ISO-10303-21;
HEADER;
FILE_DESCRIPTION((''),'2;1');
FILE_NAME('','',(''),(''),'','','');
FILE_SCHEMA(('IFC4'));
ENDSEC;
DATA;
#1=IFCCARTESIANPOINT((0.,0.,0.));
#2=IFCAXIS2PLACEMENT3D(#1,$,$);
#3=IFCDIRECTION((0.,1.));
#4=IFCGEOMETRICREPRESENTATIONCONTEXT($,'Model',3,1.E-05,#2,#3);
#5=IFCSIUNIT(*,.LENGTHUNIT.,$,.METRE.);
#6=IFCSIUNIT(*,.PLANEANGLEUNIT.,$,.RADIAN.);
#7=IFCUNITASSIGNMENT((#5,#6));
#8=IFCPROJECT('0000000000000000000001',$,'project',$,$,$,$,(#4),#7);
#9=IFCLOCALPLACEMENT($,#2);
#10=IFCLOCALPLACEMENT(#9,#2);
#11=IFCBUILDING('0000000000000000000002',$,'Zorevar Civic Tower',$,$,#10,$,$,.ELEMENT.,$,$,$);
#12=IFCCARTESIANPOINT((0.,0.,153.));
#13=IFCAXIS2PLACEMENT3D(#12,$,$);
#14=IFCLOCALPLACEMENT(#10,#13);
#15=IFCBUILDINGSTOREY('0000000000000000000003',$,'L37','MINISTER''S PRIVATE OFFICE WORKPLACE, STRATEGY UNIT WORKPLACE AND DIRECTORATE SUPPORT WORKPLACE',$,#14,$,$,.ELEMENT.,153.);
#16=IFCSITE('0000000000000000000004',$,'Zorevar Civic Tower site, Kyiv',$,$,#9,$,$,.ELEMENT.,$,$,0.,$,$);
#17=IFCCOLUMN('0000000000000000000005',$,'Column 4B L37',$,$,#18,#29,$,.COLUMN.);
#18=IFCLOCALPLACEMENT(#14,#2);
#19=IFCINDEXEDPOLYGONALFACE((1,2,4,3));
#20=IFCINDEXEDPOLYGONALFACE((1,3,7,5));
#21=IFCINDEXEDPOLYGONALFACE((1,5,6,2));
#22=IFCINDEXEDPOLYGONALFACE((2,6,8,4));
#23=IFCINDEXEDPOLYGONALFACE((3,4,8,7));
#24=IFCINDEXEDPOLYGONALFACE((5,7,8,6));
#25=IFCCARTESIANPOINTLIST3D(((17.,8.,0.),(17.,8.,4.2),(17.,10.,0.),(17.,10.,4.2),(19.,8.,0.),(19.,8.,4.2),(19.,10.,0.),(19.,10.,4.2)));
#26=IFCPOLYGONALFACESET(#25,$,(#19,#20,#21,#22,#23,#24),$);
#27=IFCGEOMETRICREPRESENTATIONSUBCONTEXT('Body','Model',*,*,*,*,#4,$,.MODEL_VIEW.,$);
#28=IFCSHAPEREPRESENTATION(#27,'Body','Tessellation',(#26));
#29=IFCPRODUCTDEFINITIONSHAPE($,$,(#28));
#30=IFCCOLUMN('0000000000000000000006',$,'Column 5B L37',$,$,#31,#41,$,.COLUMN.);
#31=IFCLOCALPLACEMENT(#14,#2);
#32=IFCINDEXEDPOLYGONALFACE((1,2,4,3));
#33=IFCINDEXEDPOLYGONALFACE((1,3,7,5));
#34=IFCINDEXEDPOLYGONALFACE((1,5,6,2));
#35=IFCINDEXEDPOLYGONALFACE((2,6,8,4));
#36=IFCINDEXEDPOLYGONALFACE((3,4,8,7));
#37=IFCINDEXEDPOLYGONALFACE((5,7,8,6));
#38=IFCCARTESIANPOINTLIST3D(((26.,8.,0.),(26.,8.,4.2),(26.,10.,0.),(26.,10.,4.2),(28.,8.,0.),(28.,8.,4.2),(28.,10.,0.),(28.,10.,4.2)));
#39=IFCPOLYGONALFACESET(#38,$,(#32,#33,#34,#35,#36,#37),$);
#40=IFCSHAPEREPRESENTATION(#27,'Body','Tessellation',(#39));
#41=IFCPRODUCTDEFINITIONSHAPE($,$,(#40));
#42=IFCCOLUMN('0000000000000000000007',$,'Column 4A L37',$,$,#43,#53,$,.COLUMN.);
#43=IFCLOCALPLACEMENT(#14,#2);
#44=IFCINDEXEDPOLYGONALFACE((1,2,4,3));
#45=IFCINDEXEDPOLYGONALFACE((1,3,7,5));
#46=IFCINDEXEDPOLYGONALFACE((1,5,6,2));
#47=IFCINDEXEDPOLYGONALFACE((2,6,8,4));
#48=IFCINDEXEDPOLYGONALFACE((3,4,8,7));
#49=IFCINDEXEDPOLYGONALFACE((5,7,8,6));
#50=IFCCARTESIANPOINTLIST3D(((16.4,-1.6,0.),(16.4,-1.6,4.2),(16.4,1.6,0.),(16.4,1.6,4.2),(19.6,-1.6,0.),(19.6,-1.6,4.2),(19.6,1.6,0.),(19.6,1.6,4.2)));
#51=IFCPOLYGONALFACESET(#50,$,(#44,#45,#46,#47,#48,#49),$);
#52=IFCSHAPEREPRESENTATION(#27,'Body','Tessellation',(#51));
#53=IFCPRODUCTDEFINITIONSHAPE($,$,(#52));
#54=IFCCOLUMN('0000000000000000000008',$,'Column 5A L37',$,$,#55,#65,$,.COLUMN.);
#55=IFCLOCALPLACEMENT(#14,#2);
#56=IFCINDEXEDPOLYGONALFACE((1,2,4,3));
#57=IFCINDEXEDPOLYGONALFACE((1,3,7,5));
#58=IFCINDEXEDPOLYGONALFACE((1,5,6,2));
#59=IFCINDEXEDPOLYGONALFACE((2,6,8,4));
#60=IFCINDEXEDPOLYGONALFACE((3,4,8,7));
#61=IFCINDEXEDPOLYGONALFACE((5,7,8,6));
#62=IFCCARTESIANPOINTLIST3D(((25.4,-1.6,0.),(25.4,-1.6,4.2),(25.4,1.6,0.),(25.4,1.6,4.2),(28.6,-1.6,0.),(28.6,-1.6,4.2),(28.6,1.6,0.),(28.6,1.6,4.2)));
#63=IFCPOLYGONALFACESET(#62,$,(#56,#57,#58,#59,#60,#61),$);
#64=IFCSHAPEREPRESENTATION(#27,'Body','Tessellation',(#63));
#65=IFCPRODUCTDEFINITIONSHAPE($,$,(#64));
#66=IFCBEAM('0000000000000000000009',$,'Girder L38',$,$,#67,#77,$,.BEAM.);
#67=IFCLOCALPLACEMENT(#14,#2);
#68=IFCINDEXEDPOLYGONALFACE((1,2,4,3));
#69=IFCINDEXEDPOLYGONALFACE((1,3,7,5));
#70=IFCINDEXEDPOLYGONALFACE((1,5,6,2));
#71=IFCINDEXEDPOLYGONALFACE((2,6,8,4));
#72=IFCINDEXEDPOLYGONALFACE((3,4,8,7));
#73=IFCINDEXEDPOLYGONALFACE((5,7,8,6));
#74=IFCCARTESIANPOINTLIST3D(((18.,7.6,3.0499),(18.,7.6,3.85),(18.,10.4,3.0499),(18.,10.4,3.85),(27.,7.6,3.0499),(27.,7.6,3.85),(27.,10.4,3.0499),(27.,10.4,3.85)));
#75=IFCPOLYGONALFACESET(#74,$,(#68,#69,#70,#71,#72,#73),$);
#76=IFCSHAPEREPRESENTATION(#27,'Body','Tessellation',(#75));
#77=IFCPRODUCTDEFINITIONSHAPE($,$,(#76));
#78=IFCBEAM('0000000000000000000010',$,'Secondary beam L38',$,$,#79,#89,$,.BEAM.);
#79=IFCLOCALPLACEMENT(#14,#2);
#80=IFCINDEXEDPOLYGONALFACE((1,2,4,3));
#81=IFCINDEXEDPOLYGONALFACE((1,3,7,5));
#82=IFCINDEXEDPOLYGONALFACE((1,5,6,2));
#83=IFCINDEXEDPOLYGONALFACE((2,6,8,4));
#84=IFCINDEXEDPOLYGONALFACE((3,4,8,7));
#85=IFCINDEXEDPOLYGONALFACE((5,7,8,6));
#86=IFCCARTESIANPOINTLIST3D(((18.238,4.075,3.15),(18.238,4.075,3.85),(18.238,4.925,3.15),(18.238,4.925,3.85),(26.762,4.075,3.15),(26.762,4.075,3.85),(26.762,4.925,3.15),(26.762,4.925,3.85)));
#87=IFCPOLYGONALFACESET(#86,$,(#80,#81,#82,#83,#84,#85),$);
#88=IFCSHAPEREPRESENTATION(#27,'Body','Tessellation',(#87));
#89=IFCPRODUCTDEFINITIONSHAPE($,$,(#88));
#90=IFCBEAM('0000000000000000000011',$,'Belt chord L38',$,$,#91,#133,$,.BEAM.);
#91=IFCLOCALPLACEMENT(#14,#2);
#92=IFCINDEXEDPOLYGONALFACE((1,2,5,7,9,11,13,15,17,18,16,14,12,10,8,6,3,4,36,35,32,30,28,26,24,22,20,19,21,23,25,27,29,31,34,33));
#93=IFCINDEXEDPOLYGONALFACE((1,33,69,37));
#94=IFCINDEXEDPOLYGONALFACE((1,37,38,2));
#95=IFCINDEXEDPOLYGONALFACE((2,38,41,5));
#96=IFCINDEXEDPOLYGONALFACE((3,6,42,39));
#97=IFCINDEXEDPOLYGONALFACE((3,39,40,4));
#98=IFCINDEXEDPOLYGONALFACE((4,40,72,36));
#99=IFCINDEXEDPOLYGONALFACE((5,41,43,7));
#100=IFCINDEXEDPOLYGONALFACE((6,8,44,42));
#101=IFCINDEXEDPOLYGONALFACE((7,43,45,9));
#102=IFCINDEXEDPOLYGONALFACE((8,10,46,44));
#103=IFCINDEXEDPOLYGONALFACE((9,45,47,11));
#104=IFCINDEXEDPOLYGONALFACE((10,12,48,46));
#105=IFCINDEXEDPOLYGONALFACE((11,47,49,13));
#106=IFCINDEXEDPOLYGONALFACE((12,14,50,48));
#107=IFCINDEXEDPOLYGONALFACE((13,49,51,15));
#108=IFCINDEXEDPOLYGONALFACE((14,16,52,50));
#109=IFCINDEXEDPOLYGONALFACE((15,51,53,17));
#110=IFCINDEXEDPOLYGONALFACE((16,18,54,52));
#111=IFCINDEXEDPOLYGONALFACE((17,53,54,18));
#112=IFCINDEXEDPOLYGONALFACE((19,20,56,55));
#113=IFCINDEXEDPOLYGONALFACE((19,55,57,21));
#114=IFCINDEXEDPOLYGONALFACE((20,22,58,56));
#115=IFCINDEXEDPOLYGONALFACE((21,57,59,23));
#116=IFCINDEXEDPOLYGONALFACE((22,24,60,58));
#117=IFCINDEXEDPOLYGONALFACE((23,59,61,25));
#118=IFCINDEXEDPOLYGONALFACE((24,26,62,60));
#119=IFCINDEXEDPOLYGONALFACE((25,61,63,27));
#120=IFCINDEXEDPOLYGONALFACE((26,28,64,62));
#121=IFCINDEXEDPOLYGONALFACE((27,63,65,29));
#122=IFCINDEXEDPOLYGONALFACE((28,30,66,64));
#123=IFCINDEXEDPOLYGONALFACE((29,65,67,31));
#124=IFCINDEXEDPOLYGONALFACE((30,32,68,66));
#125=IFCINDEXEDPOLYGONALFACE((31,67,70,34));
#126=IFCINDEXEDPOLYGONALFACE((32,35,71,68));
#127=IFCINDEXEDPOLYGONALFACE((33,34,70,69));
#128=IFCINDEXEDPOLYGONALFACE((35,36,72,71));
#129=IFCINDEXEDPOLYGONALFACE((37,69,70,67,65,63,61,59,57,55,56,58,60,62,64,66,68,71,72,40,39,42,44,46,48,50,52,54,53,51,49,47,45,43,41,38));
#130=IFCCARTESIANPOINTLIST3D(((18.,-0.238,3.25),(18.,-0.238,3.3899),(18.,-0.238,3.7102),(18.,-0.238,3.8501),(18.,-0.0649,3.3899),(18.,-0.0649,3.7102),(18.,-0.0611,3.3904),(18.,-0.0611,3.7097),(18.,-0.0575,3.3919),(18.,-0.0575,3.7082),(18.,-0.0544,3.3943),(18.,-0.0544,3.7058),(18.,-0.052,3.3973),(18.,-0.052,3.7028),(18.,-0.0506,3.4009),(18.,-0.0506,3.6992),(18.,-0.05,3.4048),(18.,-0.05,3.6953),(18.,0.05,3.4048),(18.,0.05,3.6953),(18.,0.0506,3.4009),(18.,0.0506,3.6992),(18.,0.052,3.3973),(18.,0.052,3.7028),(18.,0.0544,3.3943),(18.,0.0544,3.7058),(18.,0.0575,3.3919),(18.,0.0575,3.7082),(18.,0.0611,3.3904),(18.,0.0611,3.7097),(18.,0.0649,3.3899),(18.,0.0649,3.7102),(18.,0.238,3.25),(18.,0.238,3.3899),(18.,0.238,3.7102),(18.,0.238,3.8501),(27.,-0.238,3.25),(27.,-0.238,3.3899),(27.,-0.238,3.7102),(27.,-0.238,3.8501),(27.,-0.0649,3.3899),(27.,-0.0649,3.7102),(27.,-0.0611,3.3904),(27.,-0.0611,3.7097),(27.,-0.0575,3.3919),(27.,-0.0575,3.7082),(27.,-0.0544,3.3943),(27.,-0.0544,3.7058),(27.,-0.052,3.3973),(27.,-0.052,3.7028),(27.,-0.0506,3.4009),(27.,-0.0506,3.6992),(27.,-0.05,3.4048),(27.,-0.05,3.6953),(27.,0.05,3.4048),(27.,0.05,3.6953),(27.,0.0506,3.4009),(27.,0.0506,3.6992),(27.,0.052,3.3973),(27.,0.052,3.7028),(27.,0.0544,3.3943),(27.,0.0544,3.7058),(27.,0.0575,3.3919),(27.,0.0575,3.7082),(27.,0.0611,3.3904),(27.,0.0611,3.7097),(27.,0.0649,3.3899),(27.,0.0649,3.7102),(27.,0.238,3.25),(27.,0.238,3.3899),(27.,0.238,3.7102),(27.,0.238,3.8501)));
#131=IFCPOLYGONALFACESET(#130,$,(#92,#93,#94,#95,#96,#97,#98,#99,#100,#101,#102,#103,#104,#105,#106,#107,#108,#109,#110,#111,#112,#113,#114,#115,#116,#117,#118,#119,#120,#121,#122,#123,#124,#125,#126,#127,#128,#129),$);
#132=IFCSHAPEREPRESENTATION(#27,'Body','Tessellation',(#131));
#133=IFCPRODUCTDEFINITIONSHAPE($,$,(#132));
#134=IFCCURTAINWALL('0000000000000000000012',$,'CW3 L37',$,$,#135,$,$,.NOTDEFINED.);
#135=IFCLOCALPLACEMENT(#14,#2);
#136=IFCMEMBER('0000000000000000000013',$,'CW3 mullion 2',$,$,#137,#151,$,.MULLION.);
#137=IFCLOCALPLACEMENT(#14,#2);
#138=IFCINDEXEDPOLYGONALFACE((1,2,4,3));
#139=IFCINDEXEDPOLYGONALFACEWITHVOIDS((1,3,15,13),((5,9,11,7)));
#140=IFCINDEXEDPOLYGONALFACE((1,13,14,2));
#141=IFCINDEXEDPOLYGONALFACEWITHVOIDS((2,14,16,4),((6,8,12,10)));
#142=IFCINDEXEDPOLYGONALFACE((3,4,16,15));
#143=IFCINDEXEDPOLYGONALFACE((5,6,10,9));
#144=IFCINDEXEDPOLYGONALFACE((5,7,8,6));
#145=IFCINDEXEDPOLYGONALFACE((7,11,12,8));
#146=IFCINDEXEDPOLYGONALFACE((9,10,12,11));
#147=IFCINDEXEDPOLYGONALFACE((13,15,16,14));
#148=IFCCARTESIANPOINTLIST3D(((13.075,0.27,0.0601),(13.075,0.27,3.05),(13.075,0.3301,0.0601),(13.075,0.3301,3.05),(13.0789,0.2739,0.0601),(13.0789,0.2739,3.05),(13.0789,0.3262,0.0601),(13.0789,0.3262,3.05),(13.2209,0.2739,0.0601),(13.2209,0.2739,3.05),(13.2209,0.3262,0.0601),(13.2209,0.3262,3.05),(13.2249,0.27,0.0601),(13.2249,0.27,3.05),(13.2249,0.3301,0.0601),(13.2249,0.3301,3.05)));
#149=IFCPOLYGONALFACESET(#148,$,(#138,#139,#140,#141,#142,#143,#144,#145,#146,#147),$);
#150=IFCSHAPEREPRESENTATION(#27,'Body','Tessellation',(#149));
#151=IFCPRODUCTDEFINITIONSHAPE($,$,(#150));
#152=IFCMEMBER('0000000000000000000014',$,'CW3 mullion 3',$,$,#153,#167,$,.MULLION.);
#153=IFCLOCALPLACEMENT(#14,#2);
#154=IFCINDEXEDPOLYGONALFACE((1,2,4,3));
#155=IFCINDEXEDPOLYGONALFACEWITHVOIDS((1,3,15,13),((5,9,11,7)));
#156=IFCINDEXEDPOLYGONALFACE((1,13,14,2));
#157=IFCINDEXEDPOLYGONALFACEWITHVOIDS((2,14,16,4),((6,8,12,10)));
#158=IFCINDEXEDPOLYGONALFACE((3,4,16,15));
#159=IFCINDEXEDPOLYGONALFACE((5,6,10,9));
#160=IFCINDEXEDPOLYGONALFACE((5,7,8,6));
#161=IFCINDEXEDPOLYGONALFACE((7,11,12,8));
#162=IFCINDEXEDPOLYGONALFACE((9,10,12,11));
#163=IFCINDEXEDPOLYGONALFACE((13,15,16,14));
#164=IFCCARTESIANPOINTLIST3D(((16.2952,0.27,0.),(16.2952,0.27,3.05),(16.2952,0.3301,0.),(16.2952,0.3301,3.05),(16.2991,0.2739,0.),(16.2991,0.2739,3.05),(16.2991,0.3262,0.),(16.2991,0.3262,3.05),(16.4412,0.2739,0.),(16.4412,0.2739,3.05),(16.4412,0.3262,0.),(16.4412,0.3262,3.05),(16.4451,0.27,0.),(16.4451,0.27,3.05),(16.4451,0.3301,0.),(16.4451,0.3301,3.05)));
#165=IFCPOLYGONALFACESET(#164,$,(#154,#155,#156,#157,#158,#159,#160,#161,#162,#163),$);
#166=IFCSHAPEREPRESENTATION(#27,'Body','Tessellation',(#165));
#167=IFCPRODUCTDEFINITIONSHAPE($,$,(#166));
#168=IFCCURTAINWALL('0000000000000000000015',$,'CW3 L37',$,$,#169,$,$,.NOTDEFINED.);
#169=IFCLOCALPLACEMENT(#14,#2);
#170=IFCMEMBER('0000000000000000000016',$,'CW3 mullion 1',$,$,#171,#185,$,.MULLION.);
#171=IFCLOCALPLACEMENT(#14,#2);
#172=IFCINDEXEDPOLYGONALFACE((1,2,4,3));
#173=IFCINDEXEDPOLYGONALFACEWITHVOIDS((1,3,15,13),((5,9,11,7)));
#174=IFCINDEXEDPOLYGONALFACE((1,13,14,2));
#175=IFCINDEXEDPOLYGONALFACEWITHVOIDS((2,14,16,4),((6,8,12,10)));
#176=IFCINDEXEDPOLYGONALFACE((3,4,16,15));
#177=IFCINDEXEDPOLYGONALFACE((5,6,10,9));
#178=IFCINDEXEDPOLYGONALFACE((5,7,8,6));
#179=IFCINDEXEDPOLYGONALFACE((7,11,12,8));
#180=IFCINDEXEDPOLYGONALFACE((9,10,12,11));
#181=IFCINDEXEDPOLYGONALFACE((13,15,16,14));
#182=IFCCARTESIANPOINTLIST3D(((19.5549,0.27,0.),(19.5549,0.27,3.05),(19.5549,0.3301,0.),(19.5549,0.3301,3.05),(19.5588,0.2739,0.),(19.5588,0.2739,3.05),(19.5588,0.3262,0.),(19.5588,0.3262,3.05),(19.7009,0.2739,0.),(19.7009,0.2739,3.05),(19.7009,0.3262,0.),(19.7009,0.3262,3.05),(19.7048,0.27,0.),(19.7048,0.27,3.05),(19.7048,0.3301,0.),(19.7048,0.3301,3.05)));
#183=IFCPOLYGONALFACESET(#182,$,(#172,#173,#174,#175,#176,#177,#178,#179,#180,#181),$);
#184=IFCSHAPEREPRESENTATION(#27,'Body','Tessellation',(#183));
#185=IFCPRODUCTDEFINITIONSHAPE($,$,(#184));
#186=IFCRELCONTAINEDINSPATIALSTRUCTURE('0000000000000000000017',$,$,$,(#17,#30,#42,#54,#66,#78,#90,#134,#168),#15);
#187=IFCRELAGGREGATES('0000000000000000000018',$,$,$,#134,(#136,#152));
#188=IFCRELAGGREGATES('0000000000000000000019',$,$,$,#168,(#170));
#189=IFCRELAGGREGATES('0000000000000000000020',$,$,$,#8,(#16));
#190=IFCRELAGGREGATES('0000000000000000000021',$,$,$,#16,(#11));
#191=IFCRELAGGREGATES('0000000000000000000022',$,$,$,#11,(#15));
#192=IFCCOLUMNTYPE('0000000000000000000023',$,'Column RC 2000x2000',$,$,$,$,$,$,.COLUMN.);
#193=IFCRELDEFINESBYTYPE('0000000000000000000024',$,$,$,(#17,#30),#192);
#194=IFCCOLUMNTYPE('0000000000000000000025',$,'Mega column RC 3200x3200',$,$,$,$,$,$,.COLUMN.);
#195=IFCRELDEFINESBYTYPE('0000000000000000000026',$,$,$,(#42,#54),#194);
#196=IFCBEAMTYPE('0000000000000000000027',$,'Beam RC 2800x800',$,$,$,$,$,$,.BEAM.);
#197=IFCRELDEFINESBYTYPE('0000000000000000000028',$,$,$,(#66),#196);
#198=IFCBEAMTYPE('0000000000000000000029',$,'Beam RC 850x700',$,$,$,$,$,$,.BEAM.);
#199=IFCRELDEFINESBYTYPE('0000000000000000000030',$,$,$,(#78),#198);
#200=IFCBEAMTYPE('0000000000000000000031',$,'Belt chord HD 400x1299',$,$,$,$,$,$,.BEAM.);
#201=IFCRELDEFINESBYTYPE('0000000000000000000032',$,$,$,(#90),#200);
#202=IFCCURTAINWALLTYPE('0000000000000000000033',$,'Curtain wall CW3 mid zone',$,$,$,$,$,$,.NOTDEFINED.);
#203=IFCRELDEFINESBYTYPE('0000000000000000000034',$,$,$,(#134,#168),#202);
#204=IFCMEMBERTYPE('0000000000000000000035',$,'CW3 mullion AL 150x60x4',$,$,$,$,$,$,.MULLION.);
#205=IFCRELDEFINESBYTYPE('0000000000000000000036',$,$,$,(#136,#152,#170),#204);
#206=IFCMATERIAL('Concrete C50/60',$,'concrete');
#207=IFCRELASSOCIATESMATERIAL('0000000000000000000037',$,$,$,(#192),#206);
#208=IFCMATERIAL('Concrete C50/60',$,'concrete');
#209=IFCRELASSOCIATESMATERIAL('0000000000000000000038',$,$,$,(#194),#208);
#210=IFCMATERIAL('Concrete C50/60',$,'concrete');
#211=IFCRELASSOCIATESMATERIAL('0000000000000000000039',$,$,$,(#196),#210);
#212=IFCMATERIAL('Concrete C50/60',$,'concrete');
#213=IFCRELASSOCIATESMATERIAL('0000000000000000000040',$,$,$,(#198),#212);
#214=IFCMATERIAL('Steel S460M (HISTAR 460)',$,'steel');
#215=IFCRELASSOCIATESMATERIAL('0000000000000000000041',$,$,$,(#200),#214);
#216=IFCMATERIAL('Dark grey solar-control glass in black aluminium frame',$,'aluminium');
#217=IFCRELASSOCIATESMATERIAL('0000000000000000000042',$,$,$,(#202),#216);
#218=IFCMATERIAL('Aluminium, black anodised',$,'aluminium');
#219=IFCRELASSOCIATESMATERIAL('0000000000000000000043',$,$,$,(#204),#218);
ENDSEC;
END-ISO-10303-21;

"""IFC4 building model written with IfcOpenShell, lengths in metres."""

from ifc_helpers import new_model, si_unit, direction, frame, origin, origin_2d, place, context, subcontext, project, spatial, rectangle, hollow_rectangle, i_section, extrude, material, material_profile, profile_set, type_object, element, aggregate, save


model = new_model("IFC4")

# Units and contexts
model_context = context("Model", 3, precision=1e-05, world=origin(), true_north=direction((0.0, 1.0)))
body_context = subcontext(model_context, "Body", "Model", "MODEL_VIEW")
ifc_project = project(units=[si_unit("LENGTHUNIT", "METRE"), si_unit("PLANEANGLEUNIT", "RADIAN")], contexts=[model_context])

# Site, building, storey
site_placement = place(None, origin())
site = spatial("IfcSite", under=ifc_project, at=site_placement, Name="Zorevar Civic Tower site, Kyiv", CompositionType="ELEMENT", RefElevation=0.0)
building_placement = place(site_placement, origin())
building = spatial("IfcBuilding", under=site, at=building_placement, Name="Zorevar Civic Tower", CompositionType="ELEMENT")
storey_placement = place(building_placement, frame((0.0, 0.0, 153.0)))
storey = spatial("IfcBuildingStorey", under=building, at=storey_placement, Name="L37", Description="MINISTER'S PRIVATE OFFICE WORKPLACE, STRATEGY UNIT WORKPLACE AND DIRECTORATE SUPPORT WORKPLACE", CompositionType="ELEMENT", Elevation=153.0)

# Columns
ifc_material_1 = material(Name="Concrete C50/60", Category="concrete")
ifc_material_profile_1 = material_profile(ifc_material_1, rectangle(XDim=2.0, YDim=2.0, at=origin_2d()), Name="RC 2000x2000")
ifc_profile_set_1 = profile_set([ifc_material_profile_1], Name="Concrete C50/60")
column_type_1 = type_object("IfcColumnType", Name="Column RC 2000x2000", PredefinedType="COLUMN", material=ifc_profile_set_1)
for number, where, z_axis, x_axis, name in (
    (1, (18.0, 9.0, 0.0), (0.0, 0.0, 1.0), (1.0, 0.0, 0.0), "Column 4B L37"),
    (2, (27.0, 9.0, 0.0), (0.0, 0.0, 1.0), (1.0, 0.0, 0.0), "Column 5B L37"),
):
    element("IfcColumn", number, at=place(storey_placement, frame(where, z_axis=z_axis, x_axis=x_axis)), inside=storey, type_object=column_type_1, Name=name, PredefinedType="COLUMN", context=body_context, shape_type="SweptSolid", body=[
        extrude(rectangle(XDim=2.0, YDim=2.0, at=origin_2d()), origin(), (0.0, 0.0, 1.0), 4.2),
    ])
ifc_material_2 = material(Name="Concrete C50/60", Category="concrete")
ifc_material_profile_2 = material_profile(ifc_material_2, rectangle(XDim=3.2, YDim=3.2, at=origin_2d()), Name="RC 3200x3200")
ifc_profile_set_2 = profile_set([ifc_material_profile_2], Name="Concrete C50/60")
column_type_2 = type_object("IfcColumnType", Name="Mega column RC 3200x3200", PredefinedType="COLUMN", material=ifc_profile_set_2)
for number, where, z_axis, x_axis, name in (
    (3, (18.0, 0.0, 0.0), (0.0, 0.0, 1.0), (1.0, 0.0, 0.0), "Column 4A L37"),
    (4, (27.0, 0.0, 0.0), (0.0, 0.0, 1.0), (1.0, 0.0, 0.0), "Column 5A L37"),
):
    element("IfcColumn", number, at=place(storey_placement, frame(where, z_axis=z_axis, x_axis=x_axis)), inside=storey, type_object=column_type_2, Name=name, PredefinedType="COLUMN", context=body_context, shape_type="SweptSolid", body=[
        extrude(rectangle(XDim=3.2, YDim=3.2, at=origin_2d()), origin(), (0.0, 0.0, 1.0), 4.2),
    ])

# Beams
ifc_material_3 = material(Name="Concrete C50/60", Category="concrete")
ifc_material_profile_3 = material_profile(ifc_material_3, rectangle(XDim=2.8, YDim=0.8, at=origin_2d()), Name="RC 2800x800")
ifc_profile_set_3 = profile_set([ifc_material_profile_3], Name="Concrete C50/60")
beam_type_1 = type_object("IfcBeamType", Name="Beam RC 2800x800", PredefinedType="BEAM", material=ifc_profile_set_3)
beam_1_placement = place(storey_placement, frame((18.0, 9.0, 3.45), z_axis=(1.0, 0.0, 0.0), x_axis=(0.0, 1.0, 0.0)))
element("IfcBeam", 5, at=beam_1_placement, inside=storey, type_object=beam_type_1, Name="Girder L38", PredefinedType="BEAM", context=body_context, shape_type="SweptSolid", body=[
    extrude(rectangle(XDim=2.8, YDim=0.8, at=origin_2d()), origin(), (0.0, 0.0, 1.0), 9.0),
])
ifc_material_4 = material(Name="Concrete C50/60", Category="concrete")
ifc_material_profile_4 = material_profile(ifc_material_4, rectangle(XDim=0.8501, YDim=0.7, at=origin_2d()), Name="RC 850x700")
ifc_profile_set_4 = profile_set([ifc_material_profile_4], Name="Concrete C50/60")
beam_type_2 = type_object("IfcBeamType", Name="Beam RC 850x700", PredefinedType="BEAM", material=ifc_profile_set_4)
beam_2_placement = place(storey_placement, frame((18.238, 4.5, 3.5), z_axis=(1.0, 0.0, 0.0), x_axis=(0.0, 1.0, 0.0)))
element("IfcBeam", 6, at=beam_2_placement, inside=storey, type_object=beam_type_2, Name="Secondary beam L38", PredefinedType="BEAM", context=body_context, shape_type="SweptSolid", body=[
    extrude(rectangle(XDim=0.8501, YDim=0.7, at=origin_2d()), origin(), (0.0, 0.0, 1.0), 8.5239),
])
ifc_material_5 = material(Name="Steel S460M (HISTAR 460)", Category="steel")
ifc_material_profile_5 = material_profile(ifc_material_5, i_section(OverallWidth=0.4761, OverallDepth=0.6001, WebThickness=0.1001, FlangeThickness=0.1399, FilletRadius=0.0149, at=origin_2d()), Name="HD 400x1299")
ifc_profile_set_5 = profile_set([ifc_material_profile_5], Name="Steel S460M (HISTAR 460)")
beam_type_3 = type_object("IfcBeamType", Name="Belt chord HD 400x1299", PredefinedType="BEAM", material=ifc_profile_set_5)
beam_3_placement = place(storey_placement, frame((18.0, 0.0, 3.55), z_axis=(1.0, 0.0, 0.0), x_axis=(0.0, 1.0, 0.0)))
element("IfcBeam", 7, at=beam_3_placement, inside=storey, type_object=beam_type_3, Name="Belt chord L38", PredefinedType="BEAM", context=body_context, shape_type="SweptSolid", body=[
    extrude(i_section(OverallWidth=0.4761, OverallDepth=0.6001, WebThickness=0.1001, FlangeThickness=0.1399, FilletRadius=0.0149, at=origin_2d()), origin(), (0.0, 0.0, 1.0), 9.0),
])

# Curtain walls, members
ifc_material_6 = material(Name="Dark grey solar-control glass in black aluminium frame", Category="aluminium")
curtain_wall_type = type_object("IfcCurtainWallType", Name="Curtain wall CW3 mid zone", PredefinedType="NOTDEFINED", material=ifc_material_6)
curtain_wall_1_placement = place(storey_placement, origin())
curtain_wall_1 = element("IfcCurtainWall", 8, at=curtain_wall_1_placement, inside=storey, type_object=curtain_wall_type, Name="CW3 L37", PredefinedType="NOTDEFINED")
ifc_material_7 = material(Name="Aluminium, black anodised", Category="aluminium")
ifc_material_profile_6 = material_profile(ifc_material_7, hollow_rectangle(XDim=0.0601, YDim=0.1499, WallThickness=0.0039, at=origin_2d()), Name="AL 150x60x4")
ifc_profile_set_6 = profile_set([ifc_material_profile_6], Name="Aluminium, black anodised")
member_type_1 = type_object("IfcMemberType", Name="CW3 mullion AL 150x60x4", PredefinedType="MULLION", material=ifc_profile_set_6)
member_1_placement = place(storey_placement, frame((13.1499, 0.3, 0.0601), z_axis=(0.0, 0.0, 1.0), x_axis=(0.0, 1.0, 0.0)))
member_1 = element("IfcMember", 9, at=member_1_placement, type_object=member_type_1, Name="CW3 mullion 2", PredefinedType="MULLION", context=body_context, shape_type="SweptSolid", body=[
    extrude(hollow_rectangle(XDim=0.0601, YDim=0.1499, WallThickness=0.0039, at=origin_2d()), origin(), (0.0, 0.0, 1.0), 2.99),
])
member_2_placement = place(storey_placement, frame((16.3701, 0.3, 0.0), z_axis=(0.0, 0.0, 1.0), x_axis=(0.0, 1.0, 0.0)))
member_2 = element("IfcMember", 10, at=member_2_placement, type_object=member_type_1, Name="CW3 mullion 3", PredefinedType="MULLION", context=body_context, shape_type="SweptSolid", body=[
    extrude(hollow_rectangle(XDim=0.0601, YDim=0.1499, WallThickness=0.0039, at=origin_2d()), origin(), (0.0, 0.0, 1.0), 3.05),
])
curtain_wall_2_placement = place(storey_placement, origin())
curtain_wall_2 = element("IfcCurtainWall", 11, at=curtain_wall_2_placement, inside=storey, type_object=curtain_wall_type, Name="CW3 L37", PredefinedType="NOTDEFINED")
member_3_placement = place(storey_placement, frame((19.6299, 0.3, 0.0), z_axis=(0.0, 0.0, 1.0), x_axis=(0.0, 1.0, 0.0)))
member_3 = element("IfcMember", 12, at=member_3_placement, type_object=member_type_1, Name="CW3 mullion 1", PredefinedType="MULLION", context=body_context, shape_type="SweptSolid", body=[
    extrude(hollow_rectangle(XDim=0.0601, YDim=0.1499, WallThickness=0.0039, at=origin_2d()), origin(), (0.0, 0.0, 1.0), 3.05),
])

aggregate(curtain_wall_1, [member_1, member_2])
aggregate(curtain_wall_2, [member_3])

save(model, "model.ifc")
